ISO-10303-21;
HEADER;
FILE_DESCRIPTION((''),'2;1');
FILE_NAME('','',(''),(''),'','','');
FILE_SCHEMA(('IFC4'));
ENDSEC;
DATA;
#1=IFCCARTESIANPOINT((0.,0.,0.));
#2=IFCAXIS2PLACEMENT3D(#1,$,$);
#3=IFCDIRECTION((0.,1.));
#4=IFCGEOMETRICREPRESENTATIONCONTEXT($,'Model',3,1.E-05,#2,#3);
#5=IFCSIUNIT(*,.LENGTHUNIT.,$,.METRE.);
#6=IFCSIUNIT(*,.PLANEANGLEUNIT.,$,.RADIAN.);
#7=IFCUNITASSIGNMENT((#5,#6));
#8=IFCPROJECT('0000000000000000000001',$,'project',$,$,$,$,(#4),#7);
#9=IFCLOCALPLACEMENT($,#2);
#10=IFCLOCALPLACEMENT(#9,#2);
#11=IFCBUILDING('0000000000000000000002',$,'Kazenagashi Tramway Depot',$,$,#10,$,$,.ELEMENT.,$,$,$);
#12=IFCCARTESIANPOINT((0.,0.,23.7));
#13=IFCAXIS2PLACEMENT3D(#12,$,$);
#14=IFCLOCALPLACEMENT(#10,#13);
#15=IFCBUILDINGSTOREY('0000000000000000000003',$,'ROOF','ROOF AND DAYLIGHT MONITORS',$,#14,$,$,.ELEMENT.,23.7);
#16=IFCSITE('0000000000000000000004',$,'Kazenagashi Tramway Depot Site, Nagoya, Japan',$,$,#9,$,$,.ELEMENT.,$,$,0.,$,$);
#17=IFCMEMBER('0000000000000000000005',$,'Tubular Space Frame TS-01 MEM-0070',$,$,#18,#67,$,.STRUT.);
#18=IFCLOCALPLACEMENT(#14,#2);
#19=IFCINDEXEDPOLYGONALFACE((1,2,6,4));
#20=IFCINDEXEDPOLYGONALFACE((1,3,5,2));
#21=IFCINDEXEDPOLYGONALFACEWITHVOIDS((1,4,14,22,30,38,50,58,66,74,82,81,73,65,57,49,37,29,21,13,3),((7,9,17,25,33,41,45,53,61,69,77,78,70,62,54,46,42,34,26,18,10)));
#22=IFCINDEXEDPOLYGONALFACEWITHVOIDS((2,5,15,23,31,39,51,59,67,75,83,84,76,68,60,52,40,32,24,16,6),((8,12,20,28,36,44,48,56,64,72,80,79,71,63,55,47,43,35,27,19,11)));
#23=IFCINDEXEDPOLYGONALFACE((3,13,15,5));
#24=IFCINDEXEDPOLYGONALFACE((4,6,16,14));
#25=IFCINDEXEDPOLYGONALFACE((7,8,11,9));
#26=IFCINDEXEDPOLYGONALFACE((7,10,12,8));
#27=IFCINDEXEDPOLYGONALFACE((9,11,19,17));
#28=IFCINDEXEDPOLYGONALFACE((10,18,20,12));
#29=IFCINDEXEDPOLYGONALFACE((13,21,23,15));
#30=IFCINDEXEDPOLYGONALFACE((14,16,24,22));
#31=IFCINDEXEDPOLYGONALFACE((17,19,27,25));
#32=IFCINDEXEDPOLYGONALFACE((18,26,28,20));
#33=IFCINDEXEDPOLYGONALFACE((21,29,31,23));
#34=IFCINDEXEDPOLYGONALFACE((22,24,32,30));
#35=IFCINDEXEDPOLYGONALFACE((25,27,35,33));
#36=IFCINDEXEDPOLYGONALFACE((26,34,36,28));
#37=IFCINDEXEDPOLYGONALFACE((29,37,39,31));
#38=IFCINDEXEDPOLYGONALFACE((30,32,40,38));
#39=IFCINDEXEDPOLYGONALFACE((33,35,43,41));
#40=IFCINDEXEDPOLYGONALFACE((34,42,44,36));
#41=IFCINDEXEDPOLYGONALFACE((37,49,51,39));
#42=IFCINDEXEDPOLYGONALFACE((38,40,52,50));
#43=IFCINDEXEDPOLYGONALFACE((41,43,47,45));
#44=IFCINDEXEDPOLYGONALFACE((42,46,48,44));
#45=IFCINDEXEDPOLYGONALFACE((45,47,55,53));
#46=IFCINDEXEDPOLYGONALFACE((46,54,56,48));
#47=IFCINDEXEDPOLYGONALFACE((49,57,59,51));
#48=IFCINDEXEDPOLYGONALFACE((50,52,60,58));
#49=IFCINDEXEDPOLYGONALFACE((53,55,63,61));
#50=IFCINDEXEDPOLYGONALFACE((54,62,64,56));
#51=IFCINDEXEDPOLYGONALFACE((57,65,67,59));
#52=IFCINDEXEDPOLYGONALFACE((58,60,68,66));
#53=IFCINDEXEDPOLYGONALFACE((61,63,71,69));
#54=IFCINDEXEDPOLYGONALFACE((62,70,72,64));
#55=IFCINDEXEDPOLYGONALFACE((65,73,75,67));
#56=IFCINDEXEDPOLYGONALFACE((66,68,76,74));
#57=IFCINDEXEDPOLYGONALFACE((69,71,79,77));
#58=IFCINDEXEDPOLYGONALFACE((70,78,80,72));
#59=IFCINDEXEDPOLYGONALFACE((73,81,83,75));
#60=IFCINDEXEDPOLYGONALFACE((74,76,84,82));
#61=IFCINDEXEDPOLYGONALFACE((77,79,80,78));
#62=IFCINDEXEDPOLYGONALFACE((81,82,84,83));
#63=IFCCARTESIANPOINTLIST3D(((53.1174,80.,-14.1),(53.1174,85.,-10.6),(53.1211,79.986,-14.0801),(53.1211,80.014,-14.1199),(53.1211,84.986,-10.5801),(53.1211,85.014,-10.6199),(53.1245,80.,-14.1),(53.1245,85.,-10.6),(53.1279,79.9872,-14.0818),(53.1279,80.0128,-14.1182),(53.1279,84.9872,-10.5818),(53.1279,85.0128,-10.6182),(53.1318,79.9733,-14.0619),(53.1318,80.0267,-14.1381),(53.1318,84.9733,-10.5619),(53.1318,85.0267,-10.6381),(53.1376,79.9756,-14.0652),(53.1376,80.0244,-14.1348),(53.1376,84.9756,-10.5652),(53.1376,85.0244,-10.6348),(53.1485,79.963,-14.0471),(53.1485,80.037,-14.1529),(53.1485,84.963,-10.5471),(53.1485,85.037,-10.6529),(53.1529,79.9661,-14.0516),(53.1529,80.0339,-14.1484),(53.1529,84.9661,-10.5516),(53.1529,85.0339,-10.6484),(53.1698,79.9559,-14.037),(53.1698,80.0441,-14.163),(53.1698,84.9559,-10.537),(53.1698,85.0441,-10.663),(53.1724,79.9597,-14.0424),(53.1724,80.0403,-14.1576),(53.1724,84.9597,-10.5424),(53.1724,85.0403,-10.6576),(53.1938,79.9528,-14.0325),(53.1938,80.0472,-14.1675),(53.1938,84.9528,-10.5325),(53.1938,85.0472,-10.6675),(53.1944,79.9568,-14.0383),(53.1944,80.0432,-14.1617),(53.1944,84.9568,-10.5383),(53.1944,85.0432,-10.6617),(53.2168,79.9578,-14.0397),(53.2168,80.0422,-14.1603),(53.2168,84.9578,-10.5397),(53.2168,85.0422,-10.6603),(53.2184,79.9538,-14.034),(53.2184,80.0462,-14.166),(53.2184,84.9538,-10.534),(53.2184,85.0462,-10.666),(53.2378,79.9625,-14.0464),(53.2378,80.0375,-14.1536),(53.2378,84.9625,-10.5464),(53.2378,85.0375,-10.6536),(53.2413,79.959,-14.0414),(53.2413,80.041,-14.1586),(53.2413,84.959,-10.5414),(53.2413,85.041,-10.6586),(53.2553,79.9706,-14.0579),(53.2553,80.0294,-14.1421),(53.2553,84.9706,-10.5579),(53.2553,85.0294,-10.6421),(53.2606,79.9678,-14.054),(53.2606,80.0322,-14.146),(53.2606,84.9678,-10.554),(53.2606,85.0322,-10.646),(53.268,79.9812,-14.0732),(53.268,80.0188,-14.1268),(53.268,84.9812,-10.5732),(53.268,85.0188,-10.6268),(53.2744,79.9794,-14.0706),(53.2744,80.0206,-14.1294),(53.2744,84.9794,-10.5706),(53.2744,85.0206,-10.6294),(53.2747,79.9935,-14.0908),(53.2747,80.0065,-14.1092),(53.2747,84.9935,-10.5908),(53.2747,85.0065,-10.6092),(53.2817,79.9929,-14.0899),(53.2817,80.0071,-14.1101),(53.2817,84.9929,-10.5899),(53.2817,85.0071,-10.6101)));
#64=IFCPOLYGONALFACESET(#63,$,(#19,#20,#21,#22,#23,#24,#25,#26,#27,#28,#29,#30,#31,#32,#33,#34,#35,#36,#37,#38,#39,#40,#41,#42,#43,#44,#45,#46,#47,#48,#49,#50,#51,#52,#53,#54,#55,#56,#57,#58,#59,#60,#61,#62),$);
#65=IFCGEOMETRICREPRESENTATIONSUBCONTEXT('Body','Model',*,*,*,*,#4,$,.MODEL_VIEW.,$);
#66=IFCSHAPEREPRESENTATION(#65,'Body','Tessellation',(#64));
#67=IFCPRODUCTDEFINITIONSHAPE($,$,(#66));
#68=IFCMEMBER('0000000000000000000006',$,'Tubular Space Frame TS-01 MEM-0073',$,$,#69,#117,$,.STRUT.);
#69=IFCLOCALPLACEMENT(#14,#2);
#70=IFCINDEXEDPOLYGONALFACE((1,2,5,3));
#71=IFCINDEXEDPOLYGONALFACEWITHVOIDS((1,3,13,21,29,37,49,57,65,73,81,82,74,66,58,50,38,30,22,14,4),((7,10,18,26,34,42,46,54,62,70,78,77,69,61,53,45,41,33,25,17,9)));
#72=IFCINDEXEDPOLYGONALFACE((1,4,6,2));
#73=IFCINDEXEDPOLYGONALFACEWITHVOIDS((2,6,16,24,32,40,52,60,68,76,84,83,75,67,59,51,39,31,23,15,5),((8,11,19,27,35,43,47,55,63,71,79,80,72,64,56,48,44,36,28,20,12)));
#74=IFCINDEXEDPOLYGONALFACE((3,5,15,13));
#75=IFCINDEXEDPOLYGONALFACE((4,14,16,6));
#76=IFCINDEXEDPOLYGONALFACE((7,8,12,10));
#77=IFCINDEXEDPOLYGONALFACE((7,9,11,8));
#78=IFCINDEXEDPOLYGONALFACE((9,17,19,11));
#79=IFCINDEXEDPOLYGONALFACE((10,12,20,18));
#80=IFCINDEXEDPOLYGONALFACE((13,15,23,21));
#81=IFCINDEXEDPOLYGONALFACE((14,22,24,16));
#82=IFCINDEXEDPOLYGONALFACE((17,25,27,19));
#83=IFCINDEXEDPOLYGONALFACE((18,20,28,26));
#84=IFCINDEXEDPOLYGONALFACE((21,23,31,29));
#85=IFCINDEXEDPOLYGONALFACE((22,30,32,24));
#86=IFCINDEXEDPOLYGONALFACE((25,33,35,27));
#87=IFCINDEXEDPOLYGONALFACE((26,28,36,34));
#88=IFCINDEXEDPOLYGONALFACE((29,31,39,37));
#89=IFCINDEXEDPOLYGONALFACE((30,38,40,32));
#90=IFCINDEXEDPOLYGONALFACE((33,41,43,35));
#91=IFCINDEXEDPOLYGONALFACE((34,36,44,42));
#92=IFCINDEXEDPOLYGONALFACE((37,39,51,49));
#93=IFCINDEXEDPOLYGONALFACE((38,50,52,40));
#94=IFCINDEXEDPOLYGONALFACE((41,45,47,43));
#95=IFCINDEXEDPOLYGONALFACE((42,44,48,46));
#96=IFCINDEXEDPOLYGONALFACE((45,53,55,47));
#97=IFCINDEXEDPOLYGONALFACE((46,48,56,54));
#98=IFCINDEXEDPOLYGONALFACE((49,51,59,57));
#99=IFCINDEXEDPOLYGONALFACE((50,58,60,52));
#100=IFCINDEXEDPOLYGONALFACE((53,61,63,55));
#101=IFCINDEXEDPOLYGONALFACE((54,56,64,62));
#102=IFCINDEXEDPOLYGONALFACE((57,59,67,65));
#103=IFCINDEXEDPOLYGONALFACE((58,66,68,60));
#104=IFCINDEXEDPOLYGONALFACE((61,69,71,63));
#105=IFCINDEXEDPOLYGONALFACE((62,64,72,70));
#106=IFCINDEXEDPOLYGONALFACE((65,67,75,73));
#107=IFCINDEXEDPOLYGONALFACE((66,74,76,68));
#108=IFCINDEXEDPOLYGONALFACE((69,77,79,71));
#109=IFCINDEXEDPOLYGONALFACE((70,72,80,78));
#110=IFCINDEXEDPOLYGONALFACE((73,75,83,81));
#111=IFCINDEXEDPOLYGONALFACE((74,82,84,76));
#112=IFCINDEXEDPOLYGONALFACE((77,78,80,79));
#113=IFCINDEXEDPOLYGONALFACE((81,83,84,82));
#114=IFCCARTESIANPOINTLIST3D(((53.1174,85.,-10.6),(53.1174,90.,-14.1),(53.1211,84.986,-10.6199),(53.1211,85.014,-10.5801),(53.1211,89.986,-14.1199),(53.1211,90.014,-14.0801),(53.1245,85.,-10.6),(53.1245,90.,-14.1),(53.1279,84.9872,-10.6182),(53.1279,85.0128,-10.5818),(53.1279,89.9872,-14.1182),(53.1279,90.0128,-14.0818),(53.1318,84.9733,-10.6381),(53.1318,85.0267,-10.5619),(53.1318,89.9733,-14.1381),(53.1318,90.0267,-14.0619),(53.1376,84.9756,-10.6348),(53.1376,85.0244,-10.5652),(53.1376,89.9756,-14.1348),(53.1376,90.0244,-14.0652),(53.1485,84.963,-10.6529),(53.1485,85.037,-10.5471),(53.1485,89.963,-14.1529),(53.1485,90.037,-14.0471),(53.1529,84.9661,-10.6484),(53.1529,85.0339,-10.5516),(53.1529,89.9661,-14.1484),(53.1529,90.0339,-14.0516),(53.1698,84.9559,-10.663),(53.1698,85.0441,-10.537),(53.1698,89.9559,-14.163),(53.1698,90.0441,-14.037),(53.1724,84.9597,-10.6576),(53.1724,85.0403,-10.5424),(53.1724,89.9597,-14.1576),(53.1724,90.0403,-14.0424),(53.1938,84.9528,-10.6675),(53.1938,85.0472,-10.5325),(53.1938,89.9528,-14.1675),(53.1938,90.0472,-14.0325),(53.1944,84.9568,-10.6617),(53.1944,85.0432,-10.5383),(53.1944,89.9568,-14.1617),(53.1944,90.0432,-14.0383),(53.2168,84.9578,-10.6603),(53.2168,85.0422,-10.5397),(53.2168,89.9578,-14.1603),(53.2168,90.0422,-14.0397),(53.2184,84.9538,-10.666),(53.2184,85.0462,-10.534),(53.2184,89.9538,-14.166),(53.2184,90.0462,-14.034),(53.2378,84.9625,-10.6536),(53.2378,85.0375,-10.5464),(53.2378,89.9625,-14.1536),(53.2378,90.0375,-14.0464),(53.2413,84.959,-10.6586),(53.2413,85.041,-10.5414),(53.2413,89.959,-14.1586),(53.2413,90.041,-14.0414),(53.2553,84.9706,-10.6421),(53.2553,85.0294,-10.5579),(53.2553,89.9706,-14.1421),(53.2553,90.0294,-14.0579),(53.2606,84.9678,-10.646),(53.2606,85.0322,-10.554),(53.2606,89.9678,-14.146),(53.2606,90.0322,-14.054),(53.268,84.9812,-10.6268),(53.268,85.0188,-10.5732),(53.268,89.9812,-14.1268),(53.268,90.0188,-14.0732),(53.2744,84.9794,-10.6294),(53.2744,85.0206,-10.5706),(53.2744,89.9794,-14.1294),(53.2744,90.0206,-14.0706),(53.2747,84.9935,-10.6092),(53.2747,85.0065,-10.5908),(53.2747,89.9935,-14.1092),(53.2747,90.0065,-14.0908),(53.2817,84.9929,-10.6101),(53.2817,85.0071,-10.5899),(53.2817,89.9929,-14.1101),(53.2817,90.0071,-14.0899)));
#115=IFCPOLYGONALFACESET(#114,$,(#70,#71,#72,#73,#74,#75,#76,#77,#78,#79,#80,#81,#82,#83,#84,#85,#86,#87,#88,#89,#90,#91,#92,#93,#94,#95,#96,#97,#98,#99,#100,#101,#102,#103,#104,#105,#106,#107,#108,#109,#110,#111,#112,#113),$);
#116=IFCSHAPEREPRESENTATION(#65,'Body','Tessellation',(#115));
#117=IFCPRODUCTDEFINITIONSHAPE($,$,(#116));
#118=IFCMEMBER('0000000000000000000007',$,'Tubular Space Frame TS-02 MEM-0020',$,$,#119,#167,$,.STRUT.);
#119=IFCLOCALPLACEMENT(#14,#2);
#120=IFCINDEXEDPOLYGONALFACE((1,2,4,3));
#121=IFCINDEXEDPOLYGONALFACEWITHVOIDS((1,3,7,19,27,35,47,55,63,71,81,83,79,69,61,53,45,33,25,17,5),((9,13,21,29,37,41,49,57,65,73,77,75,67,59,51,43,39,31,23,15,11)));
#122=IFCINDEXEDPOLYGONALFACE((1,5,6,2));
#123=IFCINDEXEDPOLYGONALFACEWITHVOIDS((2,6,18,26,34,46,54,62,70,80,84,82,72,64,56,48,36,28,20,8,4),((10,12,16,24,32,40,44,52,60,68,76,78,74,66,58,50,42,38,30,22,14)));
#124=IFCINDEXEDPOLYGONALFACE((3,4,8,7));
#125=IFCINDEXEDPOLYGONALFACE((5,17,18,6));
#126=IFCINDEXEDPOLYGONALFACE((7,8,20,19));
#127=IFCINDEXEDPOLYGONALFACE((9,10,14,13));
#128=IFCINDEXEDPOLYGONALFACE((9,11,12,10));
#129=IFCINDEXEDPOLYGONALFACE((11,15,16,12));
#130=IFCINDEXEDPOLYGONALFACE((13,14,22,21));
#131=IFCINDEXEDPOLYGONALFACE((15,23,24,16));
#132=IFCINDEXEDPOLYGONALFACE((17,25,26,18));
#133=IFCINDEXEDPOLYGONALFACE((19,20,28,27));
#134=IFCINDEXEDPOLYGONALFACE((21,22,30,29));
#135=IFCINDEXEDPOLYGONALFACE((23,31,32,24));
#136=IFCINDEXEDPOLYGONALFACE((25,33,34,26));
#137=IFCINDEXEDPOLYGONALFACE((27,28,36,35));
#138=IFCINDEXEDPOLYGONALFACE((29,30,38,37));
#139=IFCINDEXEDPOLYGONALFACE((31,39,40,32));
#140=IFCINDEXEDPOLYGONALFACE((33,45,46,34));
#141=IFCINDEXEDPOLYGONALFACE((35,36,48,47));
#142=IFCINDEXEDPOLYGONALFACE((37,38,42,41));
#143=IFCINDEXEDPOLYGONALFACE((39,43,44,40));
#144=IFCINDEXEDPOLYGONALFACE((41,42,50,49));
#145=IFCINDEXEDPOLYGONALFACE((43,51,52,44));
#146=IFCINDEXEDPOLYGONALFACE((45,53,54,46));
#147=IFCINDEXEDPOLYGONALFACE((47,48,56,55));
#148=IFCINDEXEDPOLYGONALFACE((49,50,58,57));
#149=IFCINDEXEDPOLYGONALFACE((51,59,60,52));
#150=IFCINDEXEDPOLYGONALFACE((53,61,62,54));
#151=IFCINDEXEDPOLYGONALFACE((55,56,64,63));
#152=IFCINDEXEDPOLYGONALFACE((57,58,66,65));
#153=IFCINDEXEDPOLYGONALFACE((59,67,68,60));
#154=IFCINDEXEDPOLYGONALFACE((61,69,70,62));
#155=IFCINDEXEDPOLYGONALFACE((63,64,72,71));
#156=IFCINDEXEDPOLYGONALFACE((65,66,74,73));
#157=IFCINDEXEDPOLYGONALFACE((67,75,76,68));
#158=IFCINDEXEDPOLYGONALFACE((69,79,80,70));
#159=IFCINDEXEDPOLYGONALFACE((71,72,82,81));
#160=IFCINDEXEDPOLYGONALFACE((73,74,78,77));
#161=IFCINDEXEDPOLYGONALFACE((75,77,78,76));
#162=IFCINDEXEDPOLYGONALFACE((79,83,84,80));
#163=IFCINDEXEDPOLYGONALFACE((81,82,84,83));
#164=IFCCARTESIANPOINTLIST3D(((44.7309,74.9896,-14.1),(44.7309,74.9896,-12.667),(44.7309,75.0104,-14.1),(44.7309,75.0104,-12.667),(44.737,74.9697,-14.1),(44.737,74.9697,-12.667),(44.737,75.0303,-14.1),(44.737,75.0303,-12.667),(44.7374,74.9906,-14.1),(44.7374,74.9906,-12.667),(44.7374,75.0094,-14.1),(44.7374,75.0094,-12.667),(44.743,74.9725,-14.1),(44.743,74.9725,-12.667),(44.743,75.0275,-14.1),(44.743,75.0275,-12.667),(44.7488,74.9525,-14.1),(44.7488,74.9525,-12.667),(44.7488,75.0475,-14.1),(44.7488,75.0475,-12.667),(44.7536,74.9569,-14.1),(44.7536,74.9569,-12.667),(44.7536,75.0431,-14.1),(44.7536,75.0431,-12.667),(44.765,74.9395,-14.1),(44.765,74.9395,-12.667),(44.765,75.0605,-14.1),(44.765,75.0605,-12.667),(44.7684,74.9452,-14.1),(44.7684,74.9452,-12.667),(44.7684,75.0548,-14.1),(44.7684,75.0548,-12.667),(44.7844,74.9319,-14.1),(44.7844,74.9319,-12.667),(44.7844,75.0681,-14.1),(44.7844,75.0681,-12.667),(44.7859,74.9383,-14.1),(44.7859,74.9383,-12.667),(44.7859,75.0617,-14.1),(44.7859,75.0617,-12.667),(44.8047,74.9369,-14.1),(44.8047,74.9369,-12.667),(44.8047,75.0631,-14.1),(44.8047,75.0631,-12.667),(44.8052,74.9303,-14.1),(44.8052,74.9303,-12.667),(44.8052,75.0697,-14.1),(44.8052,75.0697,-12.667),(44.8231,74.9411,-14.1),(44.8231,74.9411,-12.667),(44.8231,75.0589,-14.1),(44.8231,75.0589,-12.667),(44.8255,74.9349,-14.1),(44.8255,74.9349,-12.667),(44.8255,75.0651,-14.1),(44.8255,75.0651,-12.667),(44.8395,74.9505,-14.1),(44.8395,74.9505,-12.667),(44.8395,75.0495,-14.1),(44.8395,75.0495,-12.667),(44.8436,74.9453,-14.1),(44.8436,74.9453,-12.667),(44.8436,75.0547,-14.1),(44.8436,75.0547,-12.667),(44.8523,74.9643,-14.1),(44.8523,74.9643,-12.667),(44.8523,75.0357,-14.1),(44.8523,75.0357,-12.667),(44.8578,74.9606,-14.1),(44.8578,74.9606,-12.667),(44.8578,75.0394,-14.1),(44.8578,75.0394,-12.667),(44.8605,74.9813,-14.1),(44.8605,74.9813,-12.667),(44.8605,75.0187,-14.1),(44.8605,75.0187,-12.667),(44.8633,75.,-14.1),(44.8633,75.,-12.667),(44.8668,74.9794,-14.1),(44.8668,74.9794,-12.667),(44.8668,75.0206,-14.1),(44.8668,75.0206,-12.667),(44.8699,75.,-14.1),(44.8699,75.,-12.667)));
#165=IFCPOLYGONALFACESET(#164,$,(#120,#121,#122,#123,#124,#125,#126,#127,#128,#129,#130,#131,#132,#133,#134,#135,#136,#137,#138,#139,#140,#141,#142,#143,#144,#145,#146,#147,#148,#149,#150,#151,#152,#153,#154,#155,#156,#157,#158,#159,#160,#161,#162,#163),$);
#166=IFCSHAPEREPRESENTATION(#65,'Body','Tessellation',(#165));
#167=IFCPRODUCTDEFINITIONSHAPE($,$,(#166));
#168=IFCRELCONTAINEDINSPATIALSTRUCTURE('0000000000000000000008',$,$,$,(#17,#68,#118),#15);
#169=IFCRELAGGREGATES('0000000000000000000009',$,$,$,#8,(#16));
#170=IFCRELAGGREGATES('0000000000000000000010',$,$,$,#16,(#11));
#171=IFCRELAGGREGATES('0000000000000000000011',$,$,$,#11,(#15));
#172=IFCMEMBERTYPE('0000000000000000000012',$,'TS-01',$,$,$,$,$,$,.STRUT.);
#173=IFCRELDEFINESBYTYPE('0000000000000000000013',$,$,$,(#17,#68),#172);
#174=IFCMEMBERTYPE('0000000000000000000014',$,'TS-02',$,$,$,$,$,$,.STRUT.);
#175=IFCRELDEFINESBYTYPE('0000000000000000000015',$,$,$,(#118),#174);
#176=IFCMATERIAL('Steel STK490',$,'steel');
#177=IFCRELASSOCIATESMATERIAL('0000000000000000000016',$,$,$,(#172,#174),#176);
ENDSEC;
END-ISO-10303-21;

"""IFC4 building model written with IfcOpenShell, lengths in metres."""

from ifc_helpers import new_model, si_unit, direction, frame, origin, origin_2d, place, context, subcontext, project, spatial, hollow_circle, extrude, material, material_profile, profile_set, type_object, element, save


model = new_model("IFC4")

# Units and contexts
model_context = context("Model", 3, precision=1e-05, world=origin(), true_north=direction((0.0, 1.0)))
body_context = subcontext(model_context, "Body", "Model", "MODEL_VIEW")
ifc_project = project(units=[si_unit("LENGTHUNIT", "METRE"), si_unit("PLANEANGLEUNIT", "RADIAN")], contexts=[model_context])

# Site, building, storey
site_placement = place(None, origin())
site = spatial("IfcSite", under=ifc_project, at=site_placement, Name="Kazenagashi Tramway Depot Site, Nagoya, Japan", CompositionType="ELEMENT", RefElevation=0.0)
building_placement = place(site_placement, origin())
building = spatial("IfcBuilding", under=site, at=building_placement, Name="Kazenagashi Tramway Depot", CompositionType="ELEMENT")
storey_placement = place(building_placement, frame((0.0, 0.0, 23.7)))
storey = spatial("IfcBuildingStorey", under=building, at=storey_placement, Name="ROOF", Description="ROOF AND DAYLIGHT MONITORS", CompositionType="ELEMENT", Elevation=23.7)

# Members
ifc_material_1 = material(Name="Steel STK490", Category="steel")
ifc_material_profile_1 = material_profile(ifc_material_1, hollow_circle(Radius=0.0826, WallThickness=0.0071, at=origin_2d()), Name="CHS-165.2x7.1")
ifc_profile_set_1 = profile_set([ifc_material_profile_1], Name="Steel STK490")
member_type_1 = type_object("IfcMemberType", Name="TS-01", PredefinedType="STRUT", material=ifc_profile_set_1)
for number, where, z_axis, x_axis, name in (
    (1, (53.2, 80.0, -14.1), (0.0, 0.819232, 0.573462), (-1.0, 0.0, 0.0), "Tubular Space Frame TS-01 MEM-0070"),
    (2, (53.2, 85.0, -10.6), (0.0, 0.819232, -0.573462), (-1.0, 0.0, 0.0), "Tubular Space Frame TS-01 MEM-0073"),
):
    element("IfcMember", number, at=place(storey_placement, frame(where, z_axis=z_axis, x_axis=x_axis)), inside=storey, type_object=member_type_1, Name=name, PredefinedType="STRUT", context=body_context, shape_type="SweptSolid", body=[
        extrude(hollow_circle(Radius=0.0826, WallThickness=0.0071, at=origin_2d()), origin(), (0.0, 0.0, 1.0), 6.1033),
    ])
ifc_material_profile_2 = material_profile(ifc_material_1, hollow_circle(Radius=0.0699, WallThickness=0.0066, at=origin_2d()), Name="CHS-139.8x6.6")
ifc_profile_set_2 = profile_set([ifc_material_profile_2], Name="Steel STK490")
member_type_2 = type_object("IfcMemberType", Name="TS-02", PredefinedType="STRUT", material=ifc_profile_set_2)
member_1_placement = place(storey_placement, frame((44.8, 75.0, -14.1), z_axis=(0.0, 0.0, 1.0), x_axis=(1.0, 0.0, 0.0)))
element("IfcMember", 3, at=member_1_placement, inside=storey, type_object=member_type_2, Name="Tubular Space Frame TS-02 MEM-0020", PredefinedType="STRUT", context=body_context, shape_type="SweptSolid", body=[
    extrude(hollow_circle(Radius=0.0699, WallThickness=0.0066, at=origin_2d()), origin(), (0.0, 0.0, 1.0), 1.433),
])

save(model, "model.ifc")
